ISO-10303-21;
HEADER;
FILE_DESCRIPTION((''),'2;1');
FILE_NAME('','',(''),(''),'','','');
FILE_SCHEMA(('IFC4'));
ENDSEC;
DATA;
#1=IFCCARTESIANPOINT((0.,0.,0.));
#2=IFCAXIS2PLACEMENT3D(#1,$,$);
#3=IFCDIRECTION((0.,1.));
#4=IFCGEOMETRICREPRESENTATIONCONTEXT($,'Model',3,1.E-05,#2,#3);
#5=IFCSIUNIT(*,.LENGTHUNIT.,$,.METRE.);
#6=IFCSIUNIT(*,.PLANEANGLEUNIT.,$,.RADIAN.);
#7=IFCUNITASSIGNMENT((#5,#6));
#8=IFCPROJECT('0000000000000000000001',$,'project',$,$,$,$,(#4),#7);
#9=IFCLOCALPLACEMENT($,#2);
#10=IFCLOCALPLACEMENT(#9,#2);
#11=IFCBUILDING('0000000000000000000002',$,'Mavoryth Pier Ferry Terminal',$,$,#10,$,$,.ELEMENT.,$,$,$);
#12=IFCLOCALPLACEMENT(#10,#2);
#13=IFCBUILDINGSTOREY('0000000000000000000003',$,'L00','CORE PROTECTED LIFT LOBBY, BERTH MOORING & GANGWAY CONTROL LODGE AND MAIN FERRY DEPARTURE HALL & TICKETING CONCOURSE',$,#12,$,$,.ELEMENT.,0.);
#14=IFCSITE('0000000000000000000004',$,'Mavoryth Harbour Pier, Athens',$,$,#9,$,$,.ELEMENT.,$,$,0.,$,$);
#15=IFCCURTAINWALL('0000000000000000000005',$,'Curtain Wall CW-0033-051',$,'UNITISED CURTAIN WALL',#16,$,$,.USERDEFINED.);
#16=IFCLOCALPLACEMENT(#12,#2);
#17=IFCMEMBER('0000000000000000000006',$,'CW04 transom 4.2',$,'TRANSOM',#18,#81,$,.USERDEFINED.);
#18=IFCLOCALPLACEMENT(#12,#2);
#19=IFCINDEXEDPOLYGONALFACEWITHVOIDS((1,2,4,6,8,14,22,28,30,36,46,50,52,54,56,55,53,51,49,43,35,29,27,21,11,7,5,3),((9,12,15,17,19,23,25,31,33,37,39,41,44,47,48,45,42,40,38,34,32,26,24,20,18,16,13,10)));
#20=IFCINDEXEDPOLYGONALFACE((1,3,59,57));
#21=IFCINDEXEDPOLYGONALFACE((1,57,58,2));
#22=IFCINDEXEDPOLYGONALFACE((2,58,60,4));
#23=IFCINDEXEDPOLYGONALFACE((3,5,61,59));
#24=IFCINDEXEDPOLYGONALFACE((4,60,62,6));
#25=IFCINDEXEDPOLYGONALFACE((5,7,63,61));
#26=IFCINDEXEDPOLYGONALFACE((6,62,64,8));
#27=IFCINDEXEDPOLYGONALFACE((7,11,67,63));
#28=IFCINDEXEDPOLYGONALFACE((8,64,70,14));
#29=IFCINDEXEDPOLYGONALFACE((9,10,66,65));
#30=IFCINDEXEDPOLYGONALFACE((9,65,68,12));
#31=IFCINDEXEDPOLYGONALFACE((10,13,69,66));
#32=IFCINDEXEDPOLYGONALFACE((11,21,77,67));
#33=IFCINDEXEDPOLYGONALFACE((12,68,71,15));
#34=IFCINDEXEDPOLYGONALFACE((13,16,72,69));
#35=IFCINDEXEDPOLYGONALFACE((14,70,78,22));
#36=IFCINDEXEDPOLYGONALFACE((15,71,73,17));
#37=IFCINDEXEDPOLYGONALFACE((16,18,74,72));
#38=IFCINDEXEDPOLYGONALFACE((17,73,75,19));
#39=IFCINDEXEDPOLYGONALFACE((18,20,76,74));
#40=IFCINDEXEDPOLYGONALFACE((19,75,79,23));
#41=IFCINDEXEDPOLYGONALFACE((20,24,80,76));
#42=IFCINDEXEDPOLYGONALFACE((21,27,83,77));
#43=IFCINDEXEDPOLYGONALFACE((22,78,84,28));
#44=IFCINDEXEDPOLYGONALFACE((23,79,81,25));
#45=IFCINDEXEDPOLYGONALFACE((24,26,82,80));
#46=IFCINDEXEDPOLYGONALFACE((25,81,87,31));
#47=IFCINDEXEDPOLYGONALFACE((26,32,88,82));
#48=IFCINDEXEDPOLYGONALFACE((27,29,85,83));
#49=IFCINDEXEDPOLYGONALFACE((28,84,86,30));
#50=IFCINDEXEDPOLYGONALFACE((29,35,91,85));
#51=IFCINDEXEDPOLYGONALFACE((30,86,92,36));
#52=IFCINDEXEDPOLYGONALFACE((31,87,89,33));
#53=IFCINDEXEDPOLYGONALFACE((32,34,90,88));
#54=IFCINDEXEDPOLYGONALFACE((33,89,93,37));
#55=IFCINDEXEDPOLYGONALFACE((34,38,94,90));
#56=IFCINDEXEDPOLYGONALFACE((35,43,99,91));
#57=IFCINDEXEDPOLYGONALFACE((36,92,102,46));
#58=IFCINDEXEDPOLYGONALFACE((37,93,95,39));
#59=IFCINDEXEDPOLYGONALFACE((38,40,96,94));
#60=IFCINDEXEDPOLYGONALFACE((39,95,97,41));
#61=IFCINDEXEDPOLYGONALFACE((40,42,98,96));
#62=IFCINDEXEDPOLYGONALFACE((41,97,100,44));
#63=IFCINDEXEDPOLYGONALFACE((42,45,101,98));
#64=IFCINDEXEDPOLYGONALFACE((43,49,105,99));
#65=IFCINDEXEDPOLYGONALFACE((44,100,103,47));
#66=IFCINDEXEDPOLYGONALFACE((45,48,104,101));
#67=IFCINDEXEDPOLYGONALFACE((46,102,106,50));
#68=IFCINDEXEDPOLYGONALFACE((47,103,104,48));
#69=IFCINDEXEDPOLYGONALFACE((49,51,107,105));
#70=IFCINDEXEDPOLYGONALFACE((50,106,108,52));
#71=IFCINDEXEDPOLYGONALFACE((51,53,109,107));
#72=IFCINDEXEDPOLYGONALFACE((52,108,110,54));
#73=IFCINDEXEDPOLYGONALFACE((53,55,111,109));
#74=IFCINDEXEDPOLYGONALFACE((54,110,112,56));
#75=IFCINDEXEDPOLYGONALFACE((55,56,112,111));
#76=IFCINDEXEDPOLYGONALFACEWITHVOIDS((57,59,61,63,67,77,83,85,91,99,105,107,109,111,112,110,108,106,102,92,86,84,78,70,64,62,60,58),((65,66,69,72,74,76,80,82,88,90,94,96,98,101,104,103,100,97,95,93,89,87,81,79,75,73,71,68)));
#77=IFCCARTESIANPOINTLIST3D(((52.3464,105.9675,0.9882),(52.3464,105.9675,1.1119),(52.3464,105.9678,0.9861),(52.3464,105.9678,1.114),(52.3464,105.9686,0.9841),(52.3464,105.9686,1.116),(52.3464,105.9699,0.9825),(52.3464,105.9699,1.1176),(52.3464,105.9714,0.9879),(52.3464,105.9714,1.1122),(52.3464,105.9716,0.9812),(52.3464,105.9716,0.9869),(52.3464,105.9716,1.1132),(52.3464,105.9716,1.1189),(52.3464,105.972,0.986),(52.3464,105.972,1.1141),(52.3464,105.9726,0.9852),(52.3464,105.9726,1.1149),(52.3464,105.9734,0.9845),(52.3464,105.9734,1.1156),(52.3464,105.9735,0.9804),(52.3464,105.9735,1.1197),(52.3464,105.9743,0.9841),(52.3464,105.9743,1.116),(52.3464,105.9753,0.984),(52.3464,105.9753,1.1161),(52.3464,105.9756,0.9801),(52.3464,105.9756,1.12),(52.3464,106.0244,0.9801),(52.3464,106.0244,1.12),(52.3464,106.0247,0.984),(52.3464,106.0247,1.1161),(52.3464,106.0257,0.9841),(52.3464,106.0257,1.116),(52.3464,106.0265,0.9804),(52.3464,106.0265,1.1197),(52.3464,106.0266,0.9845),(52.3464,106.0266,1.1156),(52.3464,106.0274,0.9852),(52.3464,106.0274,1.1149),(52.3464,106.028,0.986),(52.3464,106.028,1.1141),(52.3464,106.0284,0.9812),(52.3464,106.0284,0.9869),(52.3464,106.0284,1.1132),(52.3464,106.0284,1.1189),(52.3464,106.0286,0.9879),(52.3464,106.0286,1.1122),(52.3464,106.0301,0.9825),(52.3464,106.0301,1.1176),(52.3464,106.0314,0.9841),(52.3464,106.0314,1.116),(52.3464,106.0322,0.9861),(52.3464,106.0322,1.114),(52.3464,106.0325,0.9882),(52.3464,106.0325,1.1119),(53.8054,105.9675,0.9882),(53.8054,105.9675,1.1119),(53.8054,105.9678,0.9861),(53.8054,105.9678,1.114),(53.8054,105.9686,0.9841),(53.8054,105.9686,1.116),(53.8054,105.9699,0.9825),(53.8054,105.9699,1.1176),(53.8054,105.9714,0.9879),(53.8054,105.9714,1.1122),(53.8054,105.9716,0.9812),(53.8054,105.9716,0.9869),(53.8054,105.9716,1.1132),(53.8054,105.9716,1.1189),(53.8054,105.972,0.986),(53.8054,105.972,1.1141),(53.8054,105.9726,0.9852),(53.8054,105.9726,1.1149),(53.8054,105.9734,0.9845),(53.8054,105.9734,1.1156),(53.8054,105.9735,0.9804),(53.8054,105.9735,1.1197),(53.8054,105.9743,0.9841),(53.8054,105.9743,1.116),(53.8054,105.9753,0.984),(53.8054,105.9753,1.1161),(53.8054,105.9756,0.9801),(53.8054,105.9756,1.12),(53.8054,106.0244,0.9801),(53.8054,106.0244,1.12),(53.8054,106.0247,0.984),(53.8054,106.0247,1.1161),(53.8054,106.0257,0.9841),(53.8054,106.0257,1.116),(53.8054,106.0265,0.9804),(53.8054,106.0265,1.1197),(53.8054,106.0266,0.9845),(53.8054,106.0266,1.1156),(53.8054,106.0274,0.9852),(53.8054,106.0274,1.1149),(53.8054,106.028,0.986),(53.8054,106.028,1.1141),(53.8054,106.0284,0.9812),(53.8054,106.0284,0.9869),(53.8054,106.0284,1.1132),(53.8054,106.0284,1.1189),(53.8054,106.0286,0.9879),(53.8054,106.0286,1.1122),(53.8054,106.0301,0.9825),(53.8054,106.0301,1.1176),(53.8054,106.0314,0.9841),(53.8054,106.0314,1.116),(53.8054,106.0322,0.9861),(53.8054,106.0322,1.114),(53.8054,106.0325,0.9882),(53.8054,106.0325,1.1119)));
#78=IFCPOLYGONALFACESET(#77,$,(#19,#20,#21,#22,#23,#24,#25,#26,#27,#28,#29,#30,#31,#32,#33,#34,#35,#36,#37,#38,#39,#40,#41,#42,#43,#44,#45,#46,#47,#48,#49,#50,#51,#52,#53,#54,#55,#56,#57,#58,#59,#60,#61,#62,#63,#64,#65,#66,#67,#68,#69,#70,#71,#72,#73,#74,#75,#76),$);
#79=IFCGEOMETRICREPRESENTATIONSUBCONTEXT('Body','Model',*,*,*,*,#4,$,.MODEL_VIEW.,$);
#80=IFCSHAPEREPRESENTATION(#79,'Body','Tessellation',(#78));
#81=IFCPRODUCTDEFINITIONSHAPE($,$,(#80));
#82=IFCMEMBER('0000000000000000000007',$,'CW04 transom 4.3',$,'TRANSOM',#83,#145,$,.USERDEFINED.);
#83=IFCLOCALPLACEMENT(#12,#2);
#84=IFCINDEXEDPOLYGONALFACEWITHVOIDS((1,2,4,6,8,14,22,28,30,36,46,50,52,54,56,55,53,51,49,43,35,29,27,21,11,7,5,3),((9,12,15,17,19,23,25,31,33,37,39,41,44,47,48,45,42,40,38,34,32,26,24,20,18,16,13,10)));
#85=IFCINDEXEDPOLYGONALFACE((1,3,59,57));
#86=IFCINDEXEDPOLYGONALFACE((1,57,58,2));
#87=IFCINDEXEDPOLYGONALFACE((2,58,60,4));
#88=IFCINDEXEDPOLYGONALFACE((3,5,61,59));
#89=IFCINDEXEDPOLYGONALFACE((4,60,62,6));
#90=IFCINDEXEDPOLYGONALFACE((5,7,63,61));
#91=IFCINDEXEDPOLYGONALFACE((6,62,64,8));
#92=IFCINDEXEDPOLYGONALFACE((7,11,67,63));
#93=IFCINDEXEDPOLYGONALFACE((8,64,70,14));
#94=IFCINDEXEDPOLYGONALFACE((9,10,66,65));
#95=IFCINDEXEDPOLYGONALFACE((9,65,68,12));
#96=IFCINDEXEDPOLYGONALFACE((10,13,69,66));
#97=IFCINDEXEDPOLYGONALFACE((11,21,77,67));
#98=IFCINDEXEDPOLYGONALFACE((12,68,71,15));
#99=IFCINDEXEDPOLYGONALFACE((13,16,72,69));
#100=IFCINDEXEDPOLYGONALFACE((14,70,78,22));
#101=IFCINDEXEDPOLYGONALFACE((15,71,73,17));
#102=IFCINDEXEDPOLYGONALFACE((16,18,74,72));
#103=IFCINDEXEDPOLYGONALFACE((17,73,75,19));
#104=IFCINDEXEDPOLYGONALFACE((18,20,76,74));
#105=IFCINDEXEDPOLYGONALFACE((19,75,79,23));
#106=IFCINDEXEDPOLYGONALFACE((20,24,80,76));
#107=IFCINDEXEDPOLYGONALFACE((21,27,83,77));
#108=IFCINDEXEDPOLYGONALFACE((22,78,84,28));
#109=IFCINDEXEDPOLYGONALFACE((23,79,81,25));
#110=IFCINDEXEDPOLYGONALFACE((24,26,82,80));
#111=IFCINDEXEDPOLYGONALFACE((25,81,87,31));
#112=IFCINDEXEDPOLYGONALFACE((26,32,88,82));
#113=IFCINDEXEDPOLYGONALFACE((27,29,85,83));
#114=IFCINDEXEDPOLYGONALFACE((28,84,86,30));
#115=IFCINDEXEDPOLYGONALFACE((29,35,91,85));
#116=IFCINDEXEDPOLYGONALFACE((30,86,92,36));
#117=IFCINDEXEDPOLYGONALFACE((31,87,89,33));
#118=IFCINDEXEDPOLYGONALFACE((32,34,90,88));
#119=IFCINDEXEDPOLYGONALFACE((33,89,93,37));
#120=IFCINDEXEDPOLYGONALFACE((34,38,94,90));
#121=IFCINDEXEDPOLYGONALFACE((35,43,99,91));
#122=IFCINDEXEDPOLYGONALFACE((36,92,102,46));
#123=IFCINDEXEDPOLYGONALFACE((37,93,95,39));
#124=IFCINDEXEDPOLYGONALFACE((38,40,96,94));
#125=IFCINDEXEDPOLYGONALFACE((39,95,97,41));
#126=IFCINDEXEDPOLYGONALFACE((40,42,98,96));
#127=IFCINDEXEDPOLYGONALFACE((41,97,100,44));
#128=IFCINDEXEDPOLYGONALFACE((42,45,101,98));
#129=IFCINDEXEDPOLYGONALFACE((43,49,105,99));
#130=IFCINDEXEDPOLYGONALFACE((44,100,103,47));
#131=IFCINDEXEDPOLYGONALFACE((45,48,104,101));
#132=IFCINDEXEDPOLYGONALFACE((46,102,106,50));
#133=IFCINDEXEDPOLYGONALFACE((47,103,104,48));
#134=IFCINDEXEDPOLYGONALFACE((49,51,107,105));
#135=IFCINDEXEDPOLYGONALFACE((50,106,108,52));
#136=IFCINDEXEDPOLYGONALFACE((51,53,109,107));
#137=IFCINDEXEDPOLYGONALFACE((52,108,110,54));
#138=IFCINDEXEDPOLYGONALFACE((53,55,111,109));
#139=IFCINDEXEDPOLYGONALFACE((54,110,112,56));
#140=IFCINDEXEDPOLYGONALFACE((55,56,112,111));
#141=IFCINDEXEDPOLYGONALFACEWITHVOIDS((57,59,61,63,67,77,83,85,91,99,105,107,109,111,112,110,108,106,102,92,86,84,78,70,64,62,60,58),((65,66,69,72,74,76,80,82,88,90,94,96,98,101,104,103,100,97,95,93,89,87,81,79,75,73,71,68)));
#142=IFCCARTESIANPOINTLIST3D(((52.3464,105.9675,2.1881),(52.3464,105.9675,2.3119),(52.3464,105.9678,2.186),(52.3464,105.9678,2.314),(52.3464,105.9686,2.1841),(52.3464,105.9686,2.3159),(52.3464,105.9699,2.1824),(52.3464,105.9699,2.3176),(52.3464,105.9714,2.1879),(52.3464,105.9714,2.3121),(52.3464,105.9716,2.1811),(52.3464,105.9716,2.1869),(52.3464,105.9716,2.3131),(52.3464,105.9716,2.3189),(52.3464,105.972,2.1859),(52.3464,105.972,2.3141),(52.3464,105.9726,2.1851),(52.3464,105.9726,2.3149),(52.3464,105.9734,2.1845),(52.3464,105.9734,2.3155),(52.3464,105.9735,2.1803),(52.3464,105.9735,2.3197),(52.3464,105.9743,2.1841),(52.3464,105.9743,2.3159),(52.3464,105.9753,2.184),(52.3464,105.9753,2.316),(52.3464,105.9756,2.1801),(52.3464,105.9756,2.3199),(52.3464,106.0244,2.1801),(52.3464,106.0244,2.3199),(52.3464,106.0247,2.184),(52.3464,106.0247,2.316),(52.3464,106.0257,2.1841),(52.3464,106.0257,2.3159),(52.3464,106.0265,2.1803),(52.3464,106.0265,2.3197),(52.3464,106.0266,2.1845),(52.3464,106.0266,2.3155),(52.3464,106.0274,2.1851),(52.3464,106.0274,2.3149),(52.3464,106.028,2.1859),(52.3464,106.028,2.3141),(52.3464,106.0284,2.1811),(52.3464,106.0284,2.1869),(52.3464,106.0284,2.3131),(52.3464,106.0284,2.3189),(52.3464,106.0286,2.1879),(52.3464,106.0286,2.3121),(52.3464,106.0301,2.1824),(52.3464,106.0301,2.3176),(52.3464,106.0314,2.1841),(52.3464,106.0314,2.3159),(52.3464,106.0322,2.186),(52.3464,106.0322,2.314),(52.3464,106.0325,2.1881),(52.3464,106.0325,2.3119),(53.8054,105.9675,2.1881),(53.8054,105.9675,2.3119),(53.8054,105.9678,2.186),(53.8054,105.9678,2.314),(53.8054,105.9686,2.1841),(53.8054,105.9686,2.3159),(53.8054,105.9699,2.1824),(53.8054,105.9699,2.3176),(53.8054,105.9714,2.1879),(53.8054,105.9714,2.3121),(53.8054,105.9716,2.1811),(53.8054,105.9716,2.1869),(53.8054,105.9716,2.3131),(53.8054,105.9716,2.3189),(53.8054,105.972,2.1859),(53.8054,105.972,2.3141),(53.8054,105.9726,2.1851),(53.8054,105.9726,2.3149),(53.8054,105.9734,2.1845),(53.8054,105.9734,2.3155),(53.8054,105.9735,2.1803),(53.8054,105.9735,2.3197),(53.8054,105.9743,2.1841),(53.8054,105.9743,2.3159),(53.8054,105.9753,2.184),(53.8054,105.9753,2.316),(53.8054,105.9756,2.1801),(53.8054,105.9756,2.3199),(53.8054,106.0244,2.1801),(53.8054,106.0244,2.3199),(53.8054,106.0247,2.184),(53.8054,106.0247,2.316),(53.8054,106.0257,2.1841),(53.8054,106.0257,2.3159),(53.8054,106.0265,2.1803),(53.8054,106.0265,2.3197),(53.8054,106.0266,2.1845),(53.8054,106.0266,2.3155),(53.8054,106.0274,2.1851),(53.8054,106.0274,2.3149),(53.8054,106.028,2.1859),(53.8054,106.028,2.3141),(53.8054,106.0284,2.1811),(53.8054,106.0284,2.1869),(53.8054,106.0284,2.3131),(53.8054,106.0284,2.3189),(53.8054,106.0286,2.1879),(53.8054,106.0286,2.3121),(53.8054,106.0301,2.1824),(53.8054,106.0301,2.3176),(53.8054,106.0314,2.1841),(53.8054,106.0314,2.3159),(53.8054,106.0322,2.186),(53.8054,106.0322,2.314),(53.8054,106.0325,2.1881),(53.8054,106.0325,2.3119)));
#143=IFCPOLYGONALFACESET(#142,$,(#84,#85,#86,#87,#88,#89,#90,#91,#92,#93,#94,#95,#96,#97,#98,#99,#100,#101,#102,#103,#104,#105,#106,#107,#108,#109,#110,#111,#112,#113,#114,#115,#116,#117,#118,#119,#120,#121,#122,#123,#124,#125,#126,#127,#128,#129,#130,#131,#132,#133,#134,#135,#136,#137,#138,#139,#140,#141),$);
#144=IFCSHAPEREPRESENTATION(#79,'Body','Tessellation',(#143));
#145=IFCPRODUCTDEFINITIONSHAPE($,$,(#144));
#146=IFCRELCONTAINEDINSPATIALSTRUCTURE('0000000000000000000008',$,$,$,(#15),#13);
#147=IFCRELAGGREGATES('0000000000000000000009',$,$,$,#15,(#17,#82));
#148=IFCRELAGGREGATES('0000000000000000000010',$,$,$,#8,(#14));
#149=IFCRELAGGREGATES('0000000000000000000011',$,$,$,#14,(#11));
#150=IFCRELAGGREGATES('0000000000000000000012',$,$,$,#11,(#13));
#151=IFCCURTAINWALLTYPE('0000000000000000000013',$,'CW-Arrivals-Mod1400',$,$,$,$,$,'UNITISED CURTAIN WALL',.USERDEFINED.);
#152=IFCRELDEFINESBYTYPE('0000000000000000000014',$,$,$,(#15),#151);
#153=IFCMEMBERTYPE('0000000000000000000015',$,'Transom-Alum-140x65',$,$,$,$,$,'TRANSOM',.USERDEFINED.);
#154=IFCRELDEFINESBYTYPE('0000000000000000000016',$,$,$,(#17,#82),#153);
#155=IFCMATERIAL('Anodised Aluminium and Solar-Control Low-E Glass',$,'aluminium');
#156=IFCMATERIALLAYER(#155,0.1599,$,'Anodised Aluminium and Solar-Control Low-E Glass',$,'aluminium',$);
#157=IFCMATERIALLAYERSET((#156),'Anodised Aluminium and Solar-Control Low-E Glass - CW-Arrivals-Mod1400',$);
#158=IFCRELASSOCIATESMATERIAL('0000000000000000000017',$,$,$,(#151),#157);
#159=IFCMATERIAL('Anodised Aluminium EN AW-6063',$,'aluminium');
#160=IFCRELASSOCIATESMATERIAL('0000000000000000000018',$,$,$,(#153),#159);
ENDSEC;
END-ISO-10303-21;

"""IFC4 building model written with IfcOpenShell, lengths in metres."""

from ifc_helpers import new_model, si_unit, direction, frame, origin, origin_2d, place, context, subcontext, project, spatial, hollow_rectangle, extrude, material, layer, layer_set, material_profile, profile_set, type_object, element, aggregate, save


model = new_model("IFC4")

# Units and contexts
model_context = context("Model", 3, precision=1e-05, world=origin(), true_north=direction((0.0, 1.0)))
body_context = subcontext(model_context, "Body", "Model", "MODEL_VIEW")
ifc_project = project(units=[si_unit("LENGTHUNIT", "METRE"), si_unit("PLANEANGLEUNIT", "RADIAN")], contexts=[model_context])

# Site, building, storey
site_placement = place(None, origin())
site = spatial("IfcSite", under=ifc_project, at=site_placement, Name="Mavoryth Harbour Pier, Athens", CompositionType="ELEMENT", RefElevation=0.0)
building_placement = place(site_placement, origin())
building = spatial("IfcBuilding", under=site, at=building_placement, Name="Mavoryth Pier Ferry Terminal", CompositionType="ELEMENT")
storey_placement = place(building_placement, origin())
storey = spatial("IfcBuildingStorey", under=building, at=storey_placement, Name="L00", Description="CORE PROTECTED LIFT LOBBY, BERTH MOORING & GANGWAY CONTROL LODGE AND MAIN FERRY DEPARTURE HALL & TICKETING CONCOURSE", CompositionType="ELEMENT", Elevation=0.0)

# Curtain wall, members
ifc_material_1 = material(Name="Anodised Aluminium and Solar-Control Low-E Glass", Category="aluminium")
ifc_layer_1 = layer(ifc_material_1, 0.1599, Name="Anodised Aluminium and Solar-Control Low-E Glass", Category="aluminium")
ifc_layer_set_1 = layer_set([ifc_layer_1], Name="Anodised Aluminium and Solar-Control Low-E Glass - CW-Arrivals-Mod1400")
curtain_wall_type = type_object("IfcCurtainWallType", Name="CW-Arrivals-Mod1400", ElementType="UNITISED CURTAIN WALL", PredefinedType="USERDEFINED", material=ifc_layer_set_1)
curtain_wall_placement = place(storey_placement, origin())
curtain_wall = element("IfcCurtainWall", 1, at=curtain_wall_placement, inside=storey, type_object=curtain_wall_type, Name="Curtain Wall CW-0033-051", ObjectType="UNITISED CURTAIN WALL", PredefinedType="USERDEFINED")
ifc_material_2 = material(Name="Anodised Aluminium EN AW-6063", Category="aluminium")
ifc_material_profile_1 = material_profile(ifc_material_2, hollow_rectangle(XDim=0.0649, YDim=0.1399, WallThickness=0.0039, InnerFilletRadius=0.0039, OuterFilletRadius=0.0081, at=origin_2d()), Name="AL-TRAN 140x65x4", Category="aluminium")
ifc_profile_set_1 = profile_set([ifc_material_profile_1], Name="Anodised Aluminium EN AW-6063 - AL-TRAN 140x65x4")
member_type_1 = type_object("IfcMemberType", Name="Transom-Alum-140x65", ElementType="TRANSOM", PredefinedType="USERDEFINED", material=ifc_profile_set_1)
member_1_placement = place(storey_placement, frame((53.8054, 106.0, 1.05), z_axis=(-1.0, 0.0, 0.0), x_axis=(0.0, -1.0, 0.0)))
member_1 = element("IfcMember", 2, at=member_1_placement, type_object=member_type_1, Name="CW04 transom 4.2", ObjectType="TRANSOM", PredefinedType="USERDEFINED", context=body_context, shape_type="SweptSolid", body=[
    extrude(hollow_rectangle(XDim=0.0649, YDim=0.1399, WallThickness=0.0039, InnerFilletRadius=0.0039, OuterFilletRadius=0.0081, at=origin_2d()), origin(), (0.0, 0.0, 1.0), 1.459),
])
member_2_placement = place(storey_placement, frame((53.8054, 106.0, 2.25), z_axis=(-1.0, 0.0, 0.0), x_axis=(0.0, -1.0, 0.0)))
member_2 = element("IfcMember", 3, at=member_2_placement, type_object=member_type_1, Name="CW04 transom 4.3", ObjectType="TRANSOM", PredefinedType="USERDEFINED", context=body_context, shape_type="SweptSolid", body=[
    extrude(hollow_rectangle(XDim=0.0649, YDim=0.1399, WallThickness=0.0039, InnerFilletRadius=0.0039, OuterFilletRadius=0.0081, at=origin_2d()), origin(), (0.0, 0.0, 1.0), 1.459),
])
aggregate(curtain_wall, [member_1, member_2])

save(model, "model.ifc")
